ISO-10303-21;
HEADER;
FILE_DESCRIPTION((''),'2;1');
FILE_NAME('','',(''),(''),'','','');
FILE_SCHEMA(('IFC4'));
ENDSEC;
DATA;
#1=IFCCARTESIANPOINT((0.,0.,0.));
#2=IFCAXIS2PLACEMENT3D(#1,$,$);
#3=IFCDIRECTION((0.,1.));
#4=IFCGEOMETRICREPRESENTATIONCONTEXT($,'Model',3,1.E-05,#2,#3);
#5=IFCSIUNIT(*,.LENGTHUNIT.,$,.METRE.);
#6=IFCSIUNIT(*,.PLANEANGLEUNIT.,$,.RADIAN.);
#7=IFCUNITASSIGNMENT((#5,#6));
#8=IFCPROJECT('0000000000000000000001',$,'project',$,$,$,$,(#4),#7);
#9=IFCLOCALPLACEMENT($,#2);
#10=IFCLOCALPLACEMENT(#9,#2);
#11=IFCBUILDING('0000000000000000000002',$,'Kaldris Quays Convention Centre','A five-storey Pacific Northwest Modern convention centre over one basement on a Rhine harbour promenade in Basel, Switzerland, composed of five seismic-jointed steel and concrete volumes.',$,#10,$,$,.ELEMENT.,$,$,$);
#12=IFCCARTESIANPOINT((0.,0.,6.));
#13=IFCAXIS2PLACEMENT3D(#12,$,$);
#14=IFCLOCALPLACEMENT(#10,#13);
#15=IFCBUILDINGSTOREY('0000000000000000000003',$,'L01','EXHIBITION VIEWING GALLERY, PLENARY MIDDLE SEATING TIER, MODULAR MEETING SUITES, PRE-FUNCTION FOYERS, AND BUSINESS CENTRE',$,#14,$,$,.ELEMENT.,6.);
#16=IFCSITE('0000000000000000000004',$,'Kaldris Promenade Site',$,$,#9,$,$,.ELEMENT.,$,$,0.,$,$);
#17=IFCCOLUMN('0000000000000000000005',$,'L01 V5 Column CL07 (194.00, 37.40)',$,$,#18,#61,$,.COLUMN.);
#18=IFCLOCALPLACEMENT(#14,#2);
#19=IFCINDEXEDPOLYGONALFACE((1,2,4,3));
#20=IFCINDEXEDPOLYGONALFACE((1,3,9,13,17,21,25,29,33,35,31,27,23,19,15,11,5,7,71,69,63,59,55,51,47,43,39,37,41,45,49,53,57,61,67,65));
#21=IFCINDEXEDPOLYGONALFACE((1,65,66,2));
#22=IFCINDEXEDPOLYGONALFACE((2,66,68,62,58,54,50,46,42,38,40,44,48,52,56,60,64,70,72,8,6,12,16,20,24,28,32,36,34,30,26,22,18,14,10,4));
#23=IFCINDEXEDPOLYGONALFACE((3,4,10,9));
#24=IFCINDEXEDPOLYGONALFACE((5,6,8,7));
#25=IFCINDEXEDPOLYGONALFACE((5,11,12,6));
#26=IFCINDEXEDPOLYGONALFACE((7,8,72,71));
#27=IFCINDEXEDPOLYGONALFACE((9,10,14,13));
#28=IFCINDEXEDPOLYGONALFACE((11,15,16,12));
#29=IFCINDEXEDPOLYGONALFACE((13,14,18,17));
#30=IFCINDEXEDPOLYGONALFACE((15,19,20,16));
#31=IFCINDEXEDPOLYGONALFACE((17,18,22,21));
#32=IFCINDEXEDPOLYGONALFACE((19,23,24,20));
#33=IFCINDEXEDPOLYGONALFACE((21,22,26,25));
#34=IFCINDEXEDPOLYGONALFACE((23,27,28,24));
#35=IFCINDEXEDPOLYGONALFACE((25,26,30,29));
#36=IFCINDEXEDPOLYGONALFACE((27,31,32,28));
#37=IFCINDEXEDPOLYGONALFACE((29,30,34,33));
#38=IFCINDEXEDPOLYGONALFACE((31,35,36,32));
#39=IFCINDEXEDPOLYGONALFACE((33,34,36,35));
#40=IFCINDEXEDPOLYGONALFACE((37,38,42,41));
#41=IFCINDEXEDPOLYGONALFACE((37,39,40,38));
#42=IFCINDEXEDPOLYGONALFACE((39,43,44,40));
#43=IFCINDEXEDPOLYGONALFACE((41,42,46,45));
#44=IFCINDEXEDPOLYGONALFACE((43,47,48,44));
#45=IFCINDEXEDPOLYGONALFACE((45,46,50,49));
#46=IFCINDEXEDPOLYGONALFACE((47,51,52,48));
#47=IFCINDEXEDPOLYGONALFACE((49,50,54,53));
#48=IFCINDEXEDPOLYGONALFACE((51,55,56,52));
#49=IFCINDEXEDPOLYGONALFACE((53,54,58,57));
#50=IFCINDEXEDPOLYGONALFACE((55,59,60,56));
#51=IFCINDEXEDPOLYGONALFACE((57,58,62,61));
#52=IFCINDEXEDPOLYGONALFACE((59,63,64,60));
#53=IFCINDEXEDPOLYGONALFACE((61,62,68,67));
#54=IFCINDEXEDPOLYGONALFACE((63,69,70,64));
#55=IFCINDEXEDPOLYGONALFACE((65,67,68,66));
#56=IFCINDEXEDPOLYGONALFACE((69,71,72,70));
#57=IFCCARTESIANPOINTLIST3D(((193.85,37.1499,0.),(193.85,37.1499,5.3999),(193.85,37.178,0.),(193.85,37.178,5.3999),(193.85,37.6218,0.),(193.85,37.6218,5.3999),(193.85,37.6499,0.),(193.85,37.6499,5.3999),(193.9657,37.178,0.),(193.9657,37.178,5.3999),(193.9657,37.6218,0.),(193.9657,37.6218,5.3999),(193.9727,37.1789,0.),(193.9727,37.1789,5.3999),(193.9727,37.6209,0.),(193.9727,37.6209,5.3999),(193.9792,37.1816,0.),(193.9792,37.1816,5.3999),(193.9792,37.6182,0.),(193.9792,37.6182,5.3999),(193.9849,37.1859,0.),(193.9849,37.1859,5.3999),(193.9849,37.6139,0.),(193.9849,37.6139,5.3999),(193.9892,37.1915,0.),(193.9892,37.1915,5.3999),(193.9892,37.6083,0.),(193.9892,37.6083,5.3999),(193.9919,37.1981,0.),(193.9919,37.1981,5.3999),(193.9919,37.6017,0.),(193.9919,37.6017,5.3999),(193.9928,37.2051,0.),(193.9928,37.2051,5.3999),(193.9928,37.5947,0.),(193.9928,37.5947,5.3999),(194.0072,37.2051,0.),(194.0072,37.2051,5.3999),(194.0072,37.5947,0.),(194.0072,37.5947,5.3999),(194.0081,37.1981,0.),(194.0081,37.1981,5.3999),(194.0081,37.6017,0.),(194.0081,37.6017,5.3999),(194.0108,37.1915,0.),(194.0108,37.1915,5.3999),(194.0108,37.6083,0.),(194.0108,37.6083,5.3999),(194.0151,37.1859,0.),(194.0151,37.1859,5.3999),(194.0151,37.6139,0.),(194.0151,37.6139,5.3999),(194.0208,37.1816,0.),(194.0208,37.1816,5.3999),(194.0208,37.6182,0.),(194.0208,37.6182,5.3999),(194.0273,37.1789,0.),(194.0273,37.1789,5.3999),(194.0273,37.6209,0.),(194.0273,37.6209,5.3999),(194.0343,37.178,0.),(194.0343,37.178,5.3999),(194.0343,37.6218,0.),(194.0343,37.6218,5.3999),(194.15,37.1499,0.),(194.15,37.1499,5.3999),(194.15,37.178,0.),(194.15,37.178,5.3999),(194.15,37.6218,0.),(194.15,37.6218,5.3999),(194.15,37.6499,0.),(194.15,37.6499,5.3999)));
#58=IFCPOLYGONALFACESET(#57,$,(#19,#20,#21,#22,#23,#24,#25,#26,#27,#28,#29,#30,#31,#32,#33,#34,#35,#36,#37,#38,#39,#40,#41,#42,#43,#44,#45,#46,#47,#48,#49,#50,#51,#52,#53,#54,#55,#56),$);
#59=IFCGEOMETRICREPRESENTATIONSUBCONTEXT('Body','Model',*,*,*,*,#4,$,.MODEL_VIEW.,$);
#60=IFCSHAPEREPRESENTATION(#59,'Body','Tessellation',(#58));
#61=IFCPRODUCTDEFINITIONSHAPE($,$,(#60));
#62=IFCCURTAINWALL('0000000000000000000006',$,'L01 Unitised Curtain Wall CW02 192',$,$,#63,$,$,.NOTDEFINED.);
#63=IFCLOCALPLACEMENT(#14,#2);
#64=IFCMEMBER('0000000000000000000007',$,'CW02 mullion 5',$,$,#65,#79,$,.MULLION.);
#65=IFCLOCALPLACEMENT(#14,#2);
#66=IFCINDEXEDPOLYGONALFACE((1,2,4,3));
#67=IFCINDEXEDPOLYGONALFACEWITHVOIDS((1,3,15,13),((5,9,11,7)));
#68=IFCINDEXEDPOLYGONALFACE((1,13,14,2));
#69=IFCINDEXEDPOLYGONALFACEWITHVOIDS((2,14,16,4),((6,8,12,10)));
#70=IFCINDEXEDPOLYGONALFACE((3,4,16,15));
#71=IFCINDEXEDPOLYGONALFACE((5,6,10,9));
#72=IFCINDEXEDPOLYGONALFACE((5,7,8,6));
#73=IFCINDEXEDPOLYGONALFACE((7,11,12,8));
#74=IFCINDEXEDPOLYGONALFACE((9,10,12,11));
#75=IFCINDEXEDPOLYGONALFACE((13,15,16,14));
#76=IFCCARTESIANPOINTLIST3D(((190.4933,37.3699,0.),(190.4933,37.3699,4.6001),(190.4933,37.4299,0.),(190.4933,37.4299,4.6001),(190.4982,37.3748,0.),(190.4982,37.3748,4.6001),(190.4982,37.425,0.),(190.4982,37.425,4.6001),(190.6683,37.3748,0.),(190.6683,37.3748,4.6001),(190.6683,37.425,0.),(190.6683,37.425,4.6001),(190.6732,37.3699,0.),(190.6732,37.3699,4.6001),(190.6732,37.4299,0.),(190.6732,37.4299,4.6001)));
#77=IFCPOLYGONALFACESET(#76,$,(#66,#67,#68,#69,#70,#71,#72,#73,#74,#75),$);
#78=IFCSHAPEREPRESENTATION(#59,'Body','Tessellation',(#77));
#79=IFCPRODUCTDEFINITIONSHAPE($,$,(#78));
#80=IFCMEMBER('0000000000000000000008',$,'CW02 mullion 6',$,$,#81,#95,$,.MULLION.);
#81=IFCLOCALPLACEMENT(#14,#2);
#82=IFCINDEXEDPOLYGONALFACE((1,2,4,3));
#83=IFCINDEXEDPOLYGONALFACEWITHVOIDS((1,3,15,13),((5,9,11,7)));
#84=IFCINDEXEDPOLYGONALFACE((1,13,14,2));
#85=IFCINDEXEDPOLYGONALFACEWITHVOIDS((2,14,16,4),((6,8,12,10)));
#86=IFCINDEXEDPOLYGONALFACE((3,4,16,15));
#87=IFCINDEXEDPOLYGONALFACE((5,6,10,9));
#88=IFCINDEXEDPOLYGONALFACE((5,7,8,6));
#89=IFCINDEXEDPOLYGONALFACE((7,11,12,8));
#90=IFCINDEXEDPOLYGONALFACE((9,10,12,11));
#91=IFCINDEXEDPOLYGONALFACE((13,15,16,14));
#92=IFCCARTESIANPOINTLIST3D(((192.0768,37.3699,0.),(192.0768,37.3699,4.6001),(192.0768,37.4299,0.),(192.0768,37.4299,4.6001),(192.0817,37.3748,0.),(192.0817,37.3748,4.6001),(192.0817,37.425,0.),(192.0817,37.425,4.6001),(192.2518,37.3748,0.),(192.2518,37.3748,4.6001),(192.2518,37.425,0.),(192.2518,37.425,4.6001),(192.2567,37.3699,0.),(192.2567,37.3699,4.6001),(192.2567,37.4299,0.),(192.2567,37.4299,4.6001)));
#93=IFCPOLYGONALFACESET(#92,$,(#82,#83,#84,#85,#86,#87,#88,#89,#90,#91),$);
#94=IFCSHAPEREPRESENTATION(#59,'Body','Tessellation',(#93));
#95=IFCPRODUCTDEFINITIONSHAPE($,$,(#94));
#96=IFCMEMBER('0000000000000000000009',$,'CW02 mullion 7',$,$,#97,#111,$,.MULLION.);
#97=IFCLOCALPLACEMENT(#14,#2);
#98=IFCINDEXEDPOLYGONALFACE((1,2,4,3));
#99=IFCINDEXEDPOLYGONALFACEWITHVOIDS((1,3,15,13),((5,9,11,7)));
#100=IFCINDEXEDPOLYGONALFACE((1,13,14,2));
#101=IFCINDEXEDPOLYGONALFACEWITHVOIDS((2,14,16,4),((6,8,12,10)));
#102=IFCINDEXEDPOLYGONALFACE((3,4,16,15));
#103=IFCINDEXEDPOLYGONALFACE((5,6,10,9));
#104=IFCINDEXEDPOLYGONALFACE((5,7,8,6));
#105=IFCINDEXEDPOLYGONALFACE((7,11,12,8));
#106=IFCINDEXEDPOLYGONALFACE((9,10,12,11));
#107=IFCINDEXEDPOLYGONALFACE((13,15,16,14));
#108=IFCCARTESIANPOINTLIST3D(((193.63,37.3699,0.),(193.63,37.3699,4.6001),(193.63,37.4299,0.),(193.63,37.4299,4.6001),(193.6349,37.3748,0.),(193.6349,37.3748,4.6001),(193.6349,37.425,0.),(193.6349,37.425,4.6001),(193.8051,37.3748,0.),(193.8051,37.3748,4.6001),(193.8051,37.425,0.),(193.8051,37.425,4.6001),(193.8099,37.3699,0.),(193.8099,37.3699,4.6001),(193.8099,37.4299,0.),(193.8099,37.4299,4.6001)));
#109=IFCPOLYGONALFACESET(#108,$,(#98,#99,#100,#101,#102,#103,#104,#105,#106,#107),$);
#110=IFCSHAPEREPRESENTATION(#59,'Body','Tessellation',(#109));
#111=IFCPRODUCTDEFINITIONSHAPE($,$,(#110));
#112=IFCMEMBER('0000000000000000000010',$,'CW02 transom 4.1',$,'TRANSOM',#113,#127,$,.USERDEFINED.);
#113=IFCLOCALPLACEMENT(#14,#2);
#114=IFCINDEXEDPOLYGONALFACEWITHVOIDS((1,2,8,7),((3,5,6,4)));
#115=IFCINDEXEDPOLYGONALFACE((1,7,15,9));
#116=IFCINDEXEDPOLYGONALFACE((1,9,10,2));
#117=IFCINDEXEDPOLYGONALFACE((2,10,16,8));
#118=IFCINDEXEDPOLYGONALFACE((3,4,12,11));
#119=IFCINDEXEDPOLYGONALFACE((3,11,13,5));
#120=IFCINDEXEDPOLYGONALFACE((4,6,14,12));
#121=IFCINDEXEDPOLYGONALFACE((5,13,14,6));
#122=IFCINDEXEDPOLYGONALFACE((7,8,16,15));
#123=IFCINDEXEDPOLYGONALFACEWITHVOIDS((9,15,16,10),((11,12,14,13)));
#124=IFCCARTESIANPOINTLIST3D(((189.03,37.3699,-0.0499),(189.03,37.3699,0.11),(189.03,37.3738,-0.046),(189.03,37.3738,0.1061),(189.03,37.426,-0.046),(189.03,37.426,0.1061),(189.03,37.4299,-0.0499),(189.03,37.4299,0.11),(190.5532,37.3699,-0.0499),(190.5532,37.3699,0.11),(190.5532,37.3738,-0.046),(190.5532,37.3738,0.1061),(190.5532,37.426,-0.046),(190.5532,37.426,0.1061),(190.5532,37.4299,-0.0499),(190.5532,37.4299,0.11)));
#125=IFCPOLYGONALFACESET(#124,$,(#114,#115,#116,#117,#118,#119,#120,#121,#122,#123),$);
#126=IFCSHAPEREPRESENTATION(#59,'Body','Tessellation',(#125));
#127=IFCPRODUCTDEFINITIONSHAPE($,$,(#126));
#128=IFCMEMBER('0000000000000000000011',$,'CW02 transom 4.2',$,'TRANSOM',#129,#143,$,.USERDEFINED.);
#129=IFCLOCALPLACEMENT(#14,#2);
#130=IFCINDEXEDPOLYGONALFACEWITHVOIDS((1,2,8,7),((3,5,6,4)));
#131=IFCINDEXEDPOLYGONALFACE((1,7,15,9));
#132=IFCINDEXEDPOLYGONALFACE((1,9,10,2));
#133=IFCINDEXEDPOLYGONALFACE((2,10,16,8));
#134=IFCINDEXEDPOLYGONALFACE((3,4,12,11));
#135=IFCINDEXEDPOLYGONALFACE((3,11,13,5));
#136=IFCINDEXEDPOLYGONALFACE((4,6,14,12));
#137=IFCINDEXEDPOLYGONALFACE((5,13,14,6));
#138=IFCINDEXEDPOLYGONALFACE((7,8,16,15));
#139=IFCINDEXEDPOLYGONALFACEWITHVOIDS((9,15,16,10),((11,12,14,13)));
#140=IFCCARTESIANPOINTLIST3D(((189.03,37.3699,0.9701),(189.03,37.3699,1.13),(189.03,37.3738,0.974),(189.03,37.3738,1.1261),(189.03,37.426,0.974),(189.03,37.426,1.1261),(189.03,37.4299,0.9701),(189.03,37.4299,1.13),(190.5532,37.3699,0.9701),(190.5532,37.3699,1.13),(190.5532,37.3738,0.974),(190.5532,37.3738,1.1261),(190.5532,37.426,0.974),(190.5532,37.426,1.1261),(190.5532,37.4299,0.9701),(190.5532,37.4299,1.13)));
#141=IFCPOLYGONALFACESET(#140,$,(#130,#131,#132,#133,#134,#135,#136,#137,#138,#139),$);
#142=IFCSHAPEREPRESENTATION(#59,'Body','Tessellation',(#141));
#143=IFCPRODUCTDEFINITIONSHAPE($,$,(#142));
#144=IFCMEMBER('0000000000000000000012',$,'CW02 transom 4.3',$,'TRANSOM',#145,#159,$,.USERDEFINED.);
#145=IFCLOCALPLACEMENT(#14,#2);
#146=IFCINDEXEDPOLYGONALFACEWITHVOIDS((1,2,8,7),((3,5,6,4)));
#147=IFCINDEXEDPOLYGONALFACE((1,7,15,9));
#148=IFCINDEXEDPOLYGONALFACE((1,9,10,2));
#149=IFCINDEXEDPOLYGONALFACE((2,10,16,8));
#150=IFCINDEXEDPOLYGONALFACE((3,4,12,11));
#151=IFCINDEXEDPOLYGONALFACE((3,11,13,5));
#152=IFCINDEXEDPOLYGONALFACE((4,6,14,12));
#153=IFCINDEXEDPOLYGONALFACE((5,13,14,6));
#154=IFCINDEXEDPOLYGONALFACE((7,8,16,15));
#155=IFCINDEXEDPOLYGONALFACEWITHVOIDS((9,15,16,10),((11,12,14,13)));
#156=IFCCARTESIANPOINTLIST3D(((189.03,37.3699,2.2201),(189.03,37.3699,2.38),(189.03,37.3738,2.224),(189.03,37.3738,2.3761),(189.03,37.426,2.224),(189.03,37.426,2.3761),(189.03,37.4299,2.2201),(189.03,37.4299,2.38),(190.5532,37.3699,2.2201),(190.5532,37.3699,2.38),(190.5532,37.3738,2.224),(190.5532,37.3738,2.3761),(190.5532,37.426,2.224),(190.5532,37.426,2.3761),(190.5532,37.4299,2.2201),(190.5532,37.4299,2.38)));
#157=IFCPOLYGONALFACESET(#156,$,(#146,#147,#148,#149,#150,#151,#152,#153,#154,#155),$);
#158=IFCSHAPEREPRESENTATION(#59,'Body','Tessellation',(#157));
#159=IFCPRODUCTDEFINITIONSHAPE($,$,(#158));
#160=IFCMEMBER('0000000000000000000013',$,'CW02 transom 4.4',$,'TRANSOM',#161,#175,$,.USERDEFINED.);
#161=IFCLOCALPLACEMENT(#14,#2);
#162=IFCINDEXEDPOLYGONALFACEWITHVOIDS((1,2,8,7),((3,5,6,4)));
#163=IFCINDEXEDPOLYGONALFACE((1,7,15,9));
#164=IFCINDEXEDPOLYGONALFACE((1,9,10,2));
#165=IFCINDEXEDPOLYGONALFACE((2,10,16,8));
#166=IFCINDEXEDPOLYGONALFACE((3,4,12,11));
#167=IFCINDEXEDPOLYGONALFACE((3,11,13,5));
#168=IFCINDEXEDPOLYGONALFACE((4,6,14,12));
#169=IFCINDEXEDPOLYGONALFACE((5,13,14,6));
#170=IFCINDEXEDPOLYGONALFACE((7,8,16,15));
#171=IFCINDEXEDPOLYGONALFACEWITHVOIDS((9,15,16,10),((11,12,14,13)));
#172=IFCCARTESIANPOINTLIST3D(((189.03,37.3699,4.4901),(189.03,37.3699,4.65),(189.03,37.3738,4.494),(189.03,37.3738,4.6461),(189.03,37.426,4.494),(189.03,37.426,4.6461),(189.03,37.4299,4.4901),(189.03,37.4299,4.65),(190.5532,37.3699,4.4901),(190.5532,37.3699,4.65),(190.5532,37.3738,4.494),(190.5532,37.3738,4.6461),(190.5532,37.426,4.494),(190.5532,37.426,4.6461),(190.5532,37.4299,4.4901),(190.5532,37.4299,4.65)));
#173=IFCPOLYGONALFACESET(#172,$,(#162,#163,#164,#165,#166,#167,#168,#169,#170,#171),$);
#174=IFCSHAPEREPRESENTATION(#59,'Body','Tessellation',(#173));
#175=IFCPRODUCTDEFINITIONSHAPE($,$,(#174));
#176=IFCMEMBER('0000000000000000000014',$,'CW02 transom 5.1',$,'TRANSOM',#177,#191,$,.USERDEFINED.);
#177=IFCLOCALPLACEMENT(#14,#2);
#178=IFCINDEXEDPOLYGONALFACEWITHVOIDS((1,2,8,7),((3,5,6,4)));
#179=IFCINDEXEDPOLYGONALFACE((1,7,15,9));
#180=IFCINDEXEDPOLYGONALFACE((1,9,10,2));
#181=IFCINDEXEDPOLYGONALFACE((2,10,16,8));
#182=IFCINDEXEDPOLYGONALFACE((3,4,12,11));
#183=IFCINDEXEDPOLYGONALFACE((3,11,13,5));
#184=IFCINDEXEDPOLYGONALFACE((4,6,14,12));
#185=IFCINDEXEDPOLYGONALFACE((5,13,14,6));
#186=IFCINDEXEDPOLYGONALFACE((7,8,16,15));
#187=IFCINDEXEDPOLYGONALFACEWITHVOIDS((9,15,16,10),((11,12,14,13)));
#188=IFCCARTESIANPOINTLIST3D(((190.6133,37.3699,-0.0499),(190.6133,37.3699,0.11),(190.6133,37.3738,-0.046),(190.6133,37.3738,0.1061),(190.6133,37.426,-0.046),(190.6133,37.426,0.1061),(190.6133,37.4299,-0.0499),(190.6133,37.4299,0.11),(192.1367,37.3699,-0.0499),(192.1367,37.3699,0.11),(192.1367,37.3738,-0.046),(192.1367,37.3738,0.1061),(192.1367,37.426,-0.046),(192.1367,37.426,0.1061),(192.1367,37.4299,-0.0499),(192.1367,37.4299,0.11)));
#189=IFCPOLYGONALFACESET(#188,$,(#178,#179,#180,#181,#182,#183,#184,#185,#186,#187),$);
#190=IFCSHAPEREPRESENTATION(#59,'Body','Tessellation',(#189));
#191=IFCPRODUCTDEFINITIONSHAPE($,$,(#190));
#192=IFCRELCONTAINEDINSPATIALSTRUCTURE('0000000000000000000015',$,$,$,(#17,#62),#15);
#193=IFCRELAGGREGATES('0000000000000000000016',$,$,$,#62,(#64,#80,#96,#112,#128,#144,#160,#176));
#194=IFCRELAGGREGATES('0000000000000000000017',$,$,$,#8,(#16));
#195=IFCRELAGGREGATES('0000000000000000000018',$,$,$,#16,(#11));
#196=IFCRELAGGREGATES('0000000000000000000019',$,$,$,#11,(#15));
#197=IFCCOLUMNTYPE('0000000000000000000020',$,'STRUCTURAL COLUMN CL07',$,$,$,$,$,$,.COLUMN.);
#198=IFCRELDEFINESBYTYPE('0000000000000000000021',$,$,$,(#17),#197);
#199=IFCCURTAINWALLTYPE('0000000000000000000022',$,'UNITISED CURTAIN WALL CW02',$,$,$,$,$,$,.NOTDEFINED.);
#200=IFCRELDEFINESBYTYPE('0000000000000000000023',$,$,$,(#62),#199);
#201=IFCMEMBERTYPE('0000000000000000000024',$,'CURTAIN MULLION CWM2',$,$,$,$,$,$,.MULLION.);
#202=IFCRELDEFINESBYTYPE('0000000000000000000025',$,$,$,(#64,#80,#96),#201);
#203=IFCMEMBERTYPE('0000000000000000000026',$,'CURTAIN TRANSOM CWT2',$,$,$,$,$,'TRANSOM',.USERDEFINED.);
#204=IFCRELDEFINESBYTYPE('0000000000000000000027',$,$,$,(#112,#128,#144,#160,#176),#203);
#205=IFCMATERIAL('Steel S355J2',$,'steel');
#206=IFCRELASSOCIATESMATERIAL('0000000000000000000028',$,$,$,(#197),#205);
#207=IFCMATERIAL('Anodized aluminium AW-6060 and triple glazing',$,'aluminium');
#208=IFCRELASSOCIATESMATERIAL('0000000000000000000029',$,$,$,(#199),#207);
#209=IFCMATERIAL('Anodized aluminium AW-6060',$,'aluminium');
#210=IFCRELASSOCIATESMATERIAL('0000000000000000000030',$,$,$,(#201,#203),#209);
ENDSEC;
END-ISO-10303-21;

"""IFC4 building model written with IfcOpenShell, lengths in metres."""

from ifc_helpers import new_model, si_unit, direction, frame, origin, origin_2d, place, context, subcontext, project, spatial, hollow_rectangle, i_section, extrude, material, material_profile, profile_set, type_object, element, aggregate, save


model = new_model("IFC4")

# Units and contexts
model_context = context("Model", 3, precision=1e-05, world=origin(), true_north=direction((0.0, 1.0)))
body_context = subcontext(model_context, "Body", "Model", "MODEL_VIEW")
ifc_project = project(units=[si_unit("LENGTHUNIT", "METRE"), si_unit("PLANEANGLEUNIT", "RADIAN")], contexts=[model_context])

# Site, building, storey
site_placement = place(None, origin())
site = spatial("IfcSite", under=ifc_project, at=site_placement, Name="Kaldris Promenade Site", CompositionType="ELEMENT", RefElevation=0.0)
building_placement = place(site_placement, origin())
building = spatial("IfcBuilding", under=site, at=building_placement, Name="Kaldris Quays Convention Centre", Description="A five-storey Pacific Northwest Modern convention centre over one basement on a Rhine harbour promenade in Basel, Switzerland, composed of five seismic-jointed steel and concrete volumes.", CompositionType="ELEMENT")
storey_placement = place(building_placement, frame((0.0, 0.0, 6.0)))
storey = spatial("IfcBuildingStorey", under=building, at=storey_placement, Name="L01", Description="EXHIBITION VIEWING GALLERY, PLENARY MIDDLE SEATING TIER, MODULAR MEETING SUITES, PRE-FUNCTION FOYERS, AND BUSINESS CENTRE", CompositionType="ELEMENT", Elevation=6.0)

# Column
ifc_material_1 = material(Name="Steel S355J2", Category="steel")
ifc_material_profile_1 = material_profile(ifc_material_1, i_section(OverallWidth=0.3, OverallDepth=0.5, WebThickness=0.0144, FlangeThickness=0.0281, FilletRadius=0.0271, at=origin_2d()), Name="HEB 500")
ifc_profile_set_1 = profile_set([ifc_material_profile_1], Name="Steel S355J2")
column_type = type_object("IfcColumnType", Name="STRUCTURAL COLUMN CL07", PredefinedType="COLUMN", material=ifc_profile_set_1)
column_placement = place(storey_placement, frame((194.0, 37.3999, 0.0), z_axis=(0.0, 0.0, 1.0), x_axis=(1.0, 0.0, 0.0)))
element("IfcColumn", 1, at=column_placement, inside=storey, type_object=column_type, Name="L01 V5 Column CL07 (194.00, 37.40)", PredefinedType="COLUMN", context=body_context, shape_type="SweptSolid", body=[
    extrude(i_section(OverallWidth=0.3, OverallDepth=0.5, WebThickness=0.0144, FlangeThickness=0.0281, FilletRadius=0.0271, at=origin_2d()), origin(), (0.0, 0.0, 1.0), 5.3999),
])

# Curtain wall, members
ifc_material_2 = material(Name="Anodized aluminium AW-6060 and triple glazing", Category="aluminium")
curtain_wall_type = type_object("IfcCurtainWallType", Name="UNITISED CURTAIN WALL CW02", PredefinedType="NOTDEFINED", material=ifc_material_2)
curtain_wall_placement = place(storey_placement, origin())
curtain_wall = element("IfcCurtainWall", 2, at=curtain_wall_placement, inside=storey, type_object=curtain_wall_type, Name="L01 Unitised Curtain Wall CW02 192", PredefinedType="NOTDEFINED")
ifc_material_3 = material(Name="Anodized aluminium AW-6060", Category="aluminium")
ifc_material_profile_2 = material_profile(ifc_material_3, hollow_rectangle(XDim=0.0601, YDim=0.1799, WallThickness=0.0049, at=origin_2d()), Name="RHS 180x60x5")
ifc_profile_set_2 = profile_set([ifc_material_profile_2], Name="Anodized aluminium AW-6060")
member_type_1 = type_object("IfcMemberType", Name="CURTAIN MULLION CWM2", PredefinedType="MULLION", material=ifc_profile_set_2)
member_1_placement = place(storey_placement, frame((190.5833, 37.3999, 0.0), z_axis=(0.0, 0.0, 1.0), x_axis=(0.0, 1.0, 0.0)))
member_1 = element("IfcMember", 3, at=member_1_placement, type_object=member_type_1, Name="CW02 mullion 5", PredefinedType="MULLION", context=body_context, shape_type="SweptSolid", body=[
    extrude(hollow_rectangle(XDim=0.0601, YDim=0.1799, WallThickness=0.0049, at=origin_2d()), origin(), (0.0, 0.0, 1.0), 4.6001),
])
member_2_placement = place(storey_placement, frame((192.1667, 37.3999, 0.0), z_axis=(0.0, 0.0, 1.0), x_axis=(0.0, 1.0, 0.0)))
member_2 = element("IfcMember", 4, at=member_2_placement, type_object=member_type_1, Name="CW02 mullion 6", PredefinedType="MULLION", context=body_context, shape_type="SweptSolid", body=[
    extrude(hollow_rectangle(XDim=0.0601, YDim=0.1799, WallThickness=0.0049, at=origin_2d()), origin(), (0.0, 0.0, 1.0), 4.6001),
])
member_3_placement = place(storey_placement, frame((193.72, 37.3999, 0.0), z_axis=(0.0, 0.0, 1.0), x_axis=(0.0, 1.0, 0.0)))
member_3 = element("IfcMember", 5, at=member_3_placement, type_object=member_type_1, Name="CW02 mullion 7", PredefinedType="MULLION", context=body_context, shape_type="SweptSolid", body=[
    extrude(hollow_rectangle(XDim=0.0601, YDim=0.1799, WallThickness=0.0049, at=origin_2d()), origin(), (0.0, 0.0, 1.0), 4.6001),
])
ifc_material_profile_3 = material_profile(ifc_material_3, hollow_rectangle(XDim=0.0601, YDim=0.1599, WallThickness=0.0039, at=origin_2d()), Name="RHS 160x60x4")
ifc_profile_set_3 = profile_set([ifc_material_profile_3], Name="Anodized aluminium AW-6060")
member_type_2 = type_object("IfcMemberType", Name="CURTAIN TRANSOM CWT2", ElementType="TRANSOM", PredefinedType="USERDEFINED", material=ifc_profile_set_3)
member_4_placement = place(storey_placement, frame((189.03, 37.3999, 0.03), z_axis=(1.0, 0.0, 0.0), x_axis=(0.0, 1.0, 0.0)))
member_4 = element("IfcMember", 6, at=member_4_placement, type_object=member_type_2, Name="CW02 transom 4.1", ObjectType="TRANSOM", PredefinedType="USERDEFINED", context=body_context, shape_type="SweptSolid", body=[
    extrude(hollow_rectangle(XDim=0.0601, YDim=0.1599, WallThickness=0.0039, at=origin_2d()), origin(), (0.0, 0.0, 1.0), 1.5232),
])
member_5_placement = place(storey_placement, frame((189.03, 37.3999, 1.05), z_axis=(1.0, 0.0, 0.0), x_axis=(0.0, 1.0, 0.0)))
member_5 = element("IfcMember", 7, at=member_5_placement, type_object=member_type_2, Name="CW02 transom 4.2", ObjectType="TRANSOM", PredefinedType="USERDEFINED", context=body_context, shape_type="SweptSolid", body=[
    extrude(hollow_rectangle(XDim=0.0601, YDim=0.1599, WallThickness=0.0039, at=origin_2d()), origin(), (0.0, 0.0, 1.0), 1.5232),
])
member_6_placement = place(storey_placement, frame((189.03, 37.3999, 2.3), z_axis=(1.0, 0.0, 0.0), x_axis=(0.0, 1.0, 0.0)))
member_6 = element("IfcMember", 8, at=member_6_placement, type_object=member_type_2, Name="CW02 transom 4.3", ObjectType="TRANSOM", PredefinedType="USERDEFINED", context=body_context, shape_type="SweptSolid", body=[
    extrude(hollow_rectangle(XDim=0.0601, YDim=0.1599, WallThickness=0.0039, at=origin_2d()), origin(), (0.0, 0.0, 1.0), 1.5232),
])
member_7_placement = place(storey_placement, frame((189.03, 37.3999, 4.5701), z_axis=(1.0, 0.0, 0.0), x_axis=(0.0, 1.0, 0.0)))
member_7 = element("IfcMember", 9, at=member_7_placement, type_object=member_type_2, Name="CW02 transom 4.4", ObjectType="TRANSOM", PredefinedType="USERDEFINED", context=body_context, shape_type="SweptSolid", body=[
    extrude(hollow_rectangle(XDim=0.0601, YDim=0.1599, WallThickness=0.0039, at=origin_2d()), origin(), (0.0, 0.0, 1.0), 1.5232),
])
member_8_placement = place(storey_placement, frame((190.6133, 37.3999, 0.03), z_axis=(1.0, 0.0, 0.0), x_axis=(0.0, 1.0, 0.0)))
member_8 = element("IfcMember", 10, at=member_8_placement, type_object=member_type_2, Name="CW02 transom 5.1", ObjectType="TRANSOM", PredefinedType="USERDEFINED", context=body_context, shape_type="SweptSolid", body=[
    extrude(hollow_rectangle(XDim=0.0601, YDim=0.1599, WallThickness=0.0039, at=origin_2d()), origin(), (0.0, 0.0, 1.0), 1.5234),
])

aggregate(curtain_wall, [member_1, member_2, member_3, member_4, member_5, member_6, member_7, member_8])

save(model, "model.ifc")
